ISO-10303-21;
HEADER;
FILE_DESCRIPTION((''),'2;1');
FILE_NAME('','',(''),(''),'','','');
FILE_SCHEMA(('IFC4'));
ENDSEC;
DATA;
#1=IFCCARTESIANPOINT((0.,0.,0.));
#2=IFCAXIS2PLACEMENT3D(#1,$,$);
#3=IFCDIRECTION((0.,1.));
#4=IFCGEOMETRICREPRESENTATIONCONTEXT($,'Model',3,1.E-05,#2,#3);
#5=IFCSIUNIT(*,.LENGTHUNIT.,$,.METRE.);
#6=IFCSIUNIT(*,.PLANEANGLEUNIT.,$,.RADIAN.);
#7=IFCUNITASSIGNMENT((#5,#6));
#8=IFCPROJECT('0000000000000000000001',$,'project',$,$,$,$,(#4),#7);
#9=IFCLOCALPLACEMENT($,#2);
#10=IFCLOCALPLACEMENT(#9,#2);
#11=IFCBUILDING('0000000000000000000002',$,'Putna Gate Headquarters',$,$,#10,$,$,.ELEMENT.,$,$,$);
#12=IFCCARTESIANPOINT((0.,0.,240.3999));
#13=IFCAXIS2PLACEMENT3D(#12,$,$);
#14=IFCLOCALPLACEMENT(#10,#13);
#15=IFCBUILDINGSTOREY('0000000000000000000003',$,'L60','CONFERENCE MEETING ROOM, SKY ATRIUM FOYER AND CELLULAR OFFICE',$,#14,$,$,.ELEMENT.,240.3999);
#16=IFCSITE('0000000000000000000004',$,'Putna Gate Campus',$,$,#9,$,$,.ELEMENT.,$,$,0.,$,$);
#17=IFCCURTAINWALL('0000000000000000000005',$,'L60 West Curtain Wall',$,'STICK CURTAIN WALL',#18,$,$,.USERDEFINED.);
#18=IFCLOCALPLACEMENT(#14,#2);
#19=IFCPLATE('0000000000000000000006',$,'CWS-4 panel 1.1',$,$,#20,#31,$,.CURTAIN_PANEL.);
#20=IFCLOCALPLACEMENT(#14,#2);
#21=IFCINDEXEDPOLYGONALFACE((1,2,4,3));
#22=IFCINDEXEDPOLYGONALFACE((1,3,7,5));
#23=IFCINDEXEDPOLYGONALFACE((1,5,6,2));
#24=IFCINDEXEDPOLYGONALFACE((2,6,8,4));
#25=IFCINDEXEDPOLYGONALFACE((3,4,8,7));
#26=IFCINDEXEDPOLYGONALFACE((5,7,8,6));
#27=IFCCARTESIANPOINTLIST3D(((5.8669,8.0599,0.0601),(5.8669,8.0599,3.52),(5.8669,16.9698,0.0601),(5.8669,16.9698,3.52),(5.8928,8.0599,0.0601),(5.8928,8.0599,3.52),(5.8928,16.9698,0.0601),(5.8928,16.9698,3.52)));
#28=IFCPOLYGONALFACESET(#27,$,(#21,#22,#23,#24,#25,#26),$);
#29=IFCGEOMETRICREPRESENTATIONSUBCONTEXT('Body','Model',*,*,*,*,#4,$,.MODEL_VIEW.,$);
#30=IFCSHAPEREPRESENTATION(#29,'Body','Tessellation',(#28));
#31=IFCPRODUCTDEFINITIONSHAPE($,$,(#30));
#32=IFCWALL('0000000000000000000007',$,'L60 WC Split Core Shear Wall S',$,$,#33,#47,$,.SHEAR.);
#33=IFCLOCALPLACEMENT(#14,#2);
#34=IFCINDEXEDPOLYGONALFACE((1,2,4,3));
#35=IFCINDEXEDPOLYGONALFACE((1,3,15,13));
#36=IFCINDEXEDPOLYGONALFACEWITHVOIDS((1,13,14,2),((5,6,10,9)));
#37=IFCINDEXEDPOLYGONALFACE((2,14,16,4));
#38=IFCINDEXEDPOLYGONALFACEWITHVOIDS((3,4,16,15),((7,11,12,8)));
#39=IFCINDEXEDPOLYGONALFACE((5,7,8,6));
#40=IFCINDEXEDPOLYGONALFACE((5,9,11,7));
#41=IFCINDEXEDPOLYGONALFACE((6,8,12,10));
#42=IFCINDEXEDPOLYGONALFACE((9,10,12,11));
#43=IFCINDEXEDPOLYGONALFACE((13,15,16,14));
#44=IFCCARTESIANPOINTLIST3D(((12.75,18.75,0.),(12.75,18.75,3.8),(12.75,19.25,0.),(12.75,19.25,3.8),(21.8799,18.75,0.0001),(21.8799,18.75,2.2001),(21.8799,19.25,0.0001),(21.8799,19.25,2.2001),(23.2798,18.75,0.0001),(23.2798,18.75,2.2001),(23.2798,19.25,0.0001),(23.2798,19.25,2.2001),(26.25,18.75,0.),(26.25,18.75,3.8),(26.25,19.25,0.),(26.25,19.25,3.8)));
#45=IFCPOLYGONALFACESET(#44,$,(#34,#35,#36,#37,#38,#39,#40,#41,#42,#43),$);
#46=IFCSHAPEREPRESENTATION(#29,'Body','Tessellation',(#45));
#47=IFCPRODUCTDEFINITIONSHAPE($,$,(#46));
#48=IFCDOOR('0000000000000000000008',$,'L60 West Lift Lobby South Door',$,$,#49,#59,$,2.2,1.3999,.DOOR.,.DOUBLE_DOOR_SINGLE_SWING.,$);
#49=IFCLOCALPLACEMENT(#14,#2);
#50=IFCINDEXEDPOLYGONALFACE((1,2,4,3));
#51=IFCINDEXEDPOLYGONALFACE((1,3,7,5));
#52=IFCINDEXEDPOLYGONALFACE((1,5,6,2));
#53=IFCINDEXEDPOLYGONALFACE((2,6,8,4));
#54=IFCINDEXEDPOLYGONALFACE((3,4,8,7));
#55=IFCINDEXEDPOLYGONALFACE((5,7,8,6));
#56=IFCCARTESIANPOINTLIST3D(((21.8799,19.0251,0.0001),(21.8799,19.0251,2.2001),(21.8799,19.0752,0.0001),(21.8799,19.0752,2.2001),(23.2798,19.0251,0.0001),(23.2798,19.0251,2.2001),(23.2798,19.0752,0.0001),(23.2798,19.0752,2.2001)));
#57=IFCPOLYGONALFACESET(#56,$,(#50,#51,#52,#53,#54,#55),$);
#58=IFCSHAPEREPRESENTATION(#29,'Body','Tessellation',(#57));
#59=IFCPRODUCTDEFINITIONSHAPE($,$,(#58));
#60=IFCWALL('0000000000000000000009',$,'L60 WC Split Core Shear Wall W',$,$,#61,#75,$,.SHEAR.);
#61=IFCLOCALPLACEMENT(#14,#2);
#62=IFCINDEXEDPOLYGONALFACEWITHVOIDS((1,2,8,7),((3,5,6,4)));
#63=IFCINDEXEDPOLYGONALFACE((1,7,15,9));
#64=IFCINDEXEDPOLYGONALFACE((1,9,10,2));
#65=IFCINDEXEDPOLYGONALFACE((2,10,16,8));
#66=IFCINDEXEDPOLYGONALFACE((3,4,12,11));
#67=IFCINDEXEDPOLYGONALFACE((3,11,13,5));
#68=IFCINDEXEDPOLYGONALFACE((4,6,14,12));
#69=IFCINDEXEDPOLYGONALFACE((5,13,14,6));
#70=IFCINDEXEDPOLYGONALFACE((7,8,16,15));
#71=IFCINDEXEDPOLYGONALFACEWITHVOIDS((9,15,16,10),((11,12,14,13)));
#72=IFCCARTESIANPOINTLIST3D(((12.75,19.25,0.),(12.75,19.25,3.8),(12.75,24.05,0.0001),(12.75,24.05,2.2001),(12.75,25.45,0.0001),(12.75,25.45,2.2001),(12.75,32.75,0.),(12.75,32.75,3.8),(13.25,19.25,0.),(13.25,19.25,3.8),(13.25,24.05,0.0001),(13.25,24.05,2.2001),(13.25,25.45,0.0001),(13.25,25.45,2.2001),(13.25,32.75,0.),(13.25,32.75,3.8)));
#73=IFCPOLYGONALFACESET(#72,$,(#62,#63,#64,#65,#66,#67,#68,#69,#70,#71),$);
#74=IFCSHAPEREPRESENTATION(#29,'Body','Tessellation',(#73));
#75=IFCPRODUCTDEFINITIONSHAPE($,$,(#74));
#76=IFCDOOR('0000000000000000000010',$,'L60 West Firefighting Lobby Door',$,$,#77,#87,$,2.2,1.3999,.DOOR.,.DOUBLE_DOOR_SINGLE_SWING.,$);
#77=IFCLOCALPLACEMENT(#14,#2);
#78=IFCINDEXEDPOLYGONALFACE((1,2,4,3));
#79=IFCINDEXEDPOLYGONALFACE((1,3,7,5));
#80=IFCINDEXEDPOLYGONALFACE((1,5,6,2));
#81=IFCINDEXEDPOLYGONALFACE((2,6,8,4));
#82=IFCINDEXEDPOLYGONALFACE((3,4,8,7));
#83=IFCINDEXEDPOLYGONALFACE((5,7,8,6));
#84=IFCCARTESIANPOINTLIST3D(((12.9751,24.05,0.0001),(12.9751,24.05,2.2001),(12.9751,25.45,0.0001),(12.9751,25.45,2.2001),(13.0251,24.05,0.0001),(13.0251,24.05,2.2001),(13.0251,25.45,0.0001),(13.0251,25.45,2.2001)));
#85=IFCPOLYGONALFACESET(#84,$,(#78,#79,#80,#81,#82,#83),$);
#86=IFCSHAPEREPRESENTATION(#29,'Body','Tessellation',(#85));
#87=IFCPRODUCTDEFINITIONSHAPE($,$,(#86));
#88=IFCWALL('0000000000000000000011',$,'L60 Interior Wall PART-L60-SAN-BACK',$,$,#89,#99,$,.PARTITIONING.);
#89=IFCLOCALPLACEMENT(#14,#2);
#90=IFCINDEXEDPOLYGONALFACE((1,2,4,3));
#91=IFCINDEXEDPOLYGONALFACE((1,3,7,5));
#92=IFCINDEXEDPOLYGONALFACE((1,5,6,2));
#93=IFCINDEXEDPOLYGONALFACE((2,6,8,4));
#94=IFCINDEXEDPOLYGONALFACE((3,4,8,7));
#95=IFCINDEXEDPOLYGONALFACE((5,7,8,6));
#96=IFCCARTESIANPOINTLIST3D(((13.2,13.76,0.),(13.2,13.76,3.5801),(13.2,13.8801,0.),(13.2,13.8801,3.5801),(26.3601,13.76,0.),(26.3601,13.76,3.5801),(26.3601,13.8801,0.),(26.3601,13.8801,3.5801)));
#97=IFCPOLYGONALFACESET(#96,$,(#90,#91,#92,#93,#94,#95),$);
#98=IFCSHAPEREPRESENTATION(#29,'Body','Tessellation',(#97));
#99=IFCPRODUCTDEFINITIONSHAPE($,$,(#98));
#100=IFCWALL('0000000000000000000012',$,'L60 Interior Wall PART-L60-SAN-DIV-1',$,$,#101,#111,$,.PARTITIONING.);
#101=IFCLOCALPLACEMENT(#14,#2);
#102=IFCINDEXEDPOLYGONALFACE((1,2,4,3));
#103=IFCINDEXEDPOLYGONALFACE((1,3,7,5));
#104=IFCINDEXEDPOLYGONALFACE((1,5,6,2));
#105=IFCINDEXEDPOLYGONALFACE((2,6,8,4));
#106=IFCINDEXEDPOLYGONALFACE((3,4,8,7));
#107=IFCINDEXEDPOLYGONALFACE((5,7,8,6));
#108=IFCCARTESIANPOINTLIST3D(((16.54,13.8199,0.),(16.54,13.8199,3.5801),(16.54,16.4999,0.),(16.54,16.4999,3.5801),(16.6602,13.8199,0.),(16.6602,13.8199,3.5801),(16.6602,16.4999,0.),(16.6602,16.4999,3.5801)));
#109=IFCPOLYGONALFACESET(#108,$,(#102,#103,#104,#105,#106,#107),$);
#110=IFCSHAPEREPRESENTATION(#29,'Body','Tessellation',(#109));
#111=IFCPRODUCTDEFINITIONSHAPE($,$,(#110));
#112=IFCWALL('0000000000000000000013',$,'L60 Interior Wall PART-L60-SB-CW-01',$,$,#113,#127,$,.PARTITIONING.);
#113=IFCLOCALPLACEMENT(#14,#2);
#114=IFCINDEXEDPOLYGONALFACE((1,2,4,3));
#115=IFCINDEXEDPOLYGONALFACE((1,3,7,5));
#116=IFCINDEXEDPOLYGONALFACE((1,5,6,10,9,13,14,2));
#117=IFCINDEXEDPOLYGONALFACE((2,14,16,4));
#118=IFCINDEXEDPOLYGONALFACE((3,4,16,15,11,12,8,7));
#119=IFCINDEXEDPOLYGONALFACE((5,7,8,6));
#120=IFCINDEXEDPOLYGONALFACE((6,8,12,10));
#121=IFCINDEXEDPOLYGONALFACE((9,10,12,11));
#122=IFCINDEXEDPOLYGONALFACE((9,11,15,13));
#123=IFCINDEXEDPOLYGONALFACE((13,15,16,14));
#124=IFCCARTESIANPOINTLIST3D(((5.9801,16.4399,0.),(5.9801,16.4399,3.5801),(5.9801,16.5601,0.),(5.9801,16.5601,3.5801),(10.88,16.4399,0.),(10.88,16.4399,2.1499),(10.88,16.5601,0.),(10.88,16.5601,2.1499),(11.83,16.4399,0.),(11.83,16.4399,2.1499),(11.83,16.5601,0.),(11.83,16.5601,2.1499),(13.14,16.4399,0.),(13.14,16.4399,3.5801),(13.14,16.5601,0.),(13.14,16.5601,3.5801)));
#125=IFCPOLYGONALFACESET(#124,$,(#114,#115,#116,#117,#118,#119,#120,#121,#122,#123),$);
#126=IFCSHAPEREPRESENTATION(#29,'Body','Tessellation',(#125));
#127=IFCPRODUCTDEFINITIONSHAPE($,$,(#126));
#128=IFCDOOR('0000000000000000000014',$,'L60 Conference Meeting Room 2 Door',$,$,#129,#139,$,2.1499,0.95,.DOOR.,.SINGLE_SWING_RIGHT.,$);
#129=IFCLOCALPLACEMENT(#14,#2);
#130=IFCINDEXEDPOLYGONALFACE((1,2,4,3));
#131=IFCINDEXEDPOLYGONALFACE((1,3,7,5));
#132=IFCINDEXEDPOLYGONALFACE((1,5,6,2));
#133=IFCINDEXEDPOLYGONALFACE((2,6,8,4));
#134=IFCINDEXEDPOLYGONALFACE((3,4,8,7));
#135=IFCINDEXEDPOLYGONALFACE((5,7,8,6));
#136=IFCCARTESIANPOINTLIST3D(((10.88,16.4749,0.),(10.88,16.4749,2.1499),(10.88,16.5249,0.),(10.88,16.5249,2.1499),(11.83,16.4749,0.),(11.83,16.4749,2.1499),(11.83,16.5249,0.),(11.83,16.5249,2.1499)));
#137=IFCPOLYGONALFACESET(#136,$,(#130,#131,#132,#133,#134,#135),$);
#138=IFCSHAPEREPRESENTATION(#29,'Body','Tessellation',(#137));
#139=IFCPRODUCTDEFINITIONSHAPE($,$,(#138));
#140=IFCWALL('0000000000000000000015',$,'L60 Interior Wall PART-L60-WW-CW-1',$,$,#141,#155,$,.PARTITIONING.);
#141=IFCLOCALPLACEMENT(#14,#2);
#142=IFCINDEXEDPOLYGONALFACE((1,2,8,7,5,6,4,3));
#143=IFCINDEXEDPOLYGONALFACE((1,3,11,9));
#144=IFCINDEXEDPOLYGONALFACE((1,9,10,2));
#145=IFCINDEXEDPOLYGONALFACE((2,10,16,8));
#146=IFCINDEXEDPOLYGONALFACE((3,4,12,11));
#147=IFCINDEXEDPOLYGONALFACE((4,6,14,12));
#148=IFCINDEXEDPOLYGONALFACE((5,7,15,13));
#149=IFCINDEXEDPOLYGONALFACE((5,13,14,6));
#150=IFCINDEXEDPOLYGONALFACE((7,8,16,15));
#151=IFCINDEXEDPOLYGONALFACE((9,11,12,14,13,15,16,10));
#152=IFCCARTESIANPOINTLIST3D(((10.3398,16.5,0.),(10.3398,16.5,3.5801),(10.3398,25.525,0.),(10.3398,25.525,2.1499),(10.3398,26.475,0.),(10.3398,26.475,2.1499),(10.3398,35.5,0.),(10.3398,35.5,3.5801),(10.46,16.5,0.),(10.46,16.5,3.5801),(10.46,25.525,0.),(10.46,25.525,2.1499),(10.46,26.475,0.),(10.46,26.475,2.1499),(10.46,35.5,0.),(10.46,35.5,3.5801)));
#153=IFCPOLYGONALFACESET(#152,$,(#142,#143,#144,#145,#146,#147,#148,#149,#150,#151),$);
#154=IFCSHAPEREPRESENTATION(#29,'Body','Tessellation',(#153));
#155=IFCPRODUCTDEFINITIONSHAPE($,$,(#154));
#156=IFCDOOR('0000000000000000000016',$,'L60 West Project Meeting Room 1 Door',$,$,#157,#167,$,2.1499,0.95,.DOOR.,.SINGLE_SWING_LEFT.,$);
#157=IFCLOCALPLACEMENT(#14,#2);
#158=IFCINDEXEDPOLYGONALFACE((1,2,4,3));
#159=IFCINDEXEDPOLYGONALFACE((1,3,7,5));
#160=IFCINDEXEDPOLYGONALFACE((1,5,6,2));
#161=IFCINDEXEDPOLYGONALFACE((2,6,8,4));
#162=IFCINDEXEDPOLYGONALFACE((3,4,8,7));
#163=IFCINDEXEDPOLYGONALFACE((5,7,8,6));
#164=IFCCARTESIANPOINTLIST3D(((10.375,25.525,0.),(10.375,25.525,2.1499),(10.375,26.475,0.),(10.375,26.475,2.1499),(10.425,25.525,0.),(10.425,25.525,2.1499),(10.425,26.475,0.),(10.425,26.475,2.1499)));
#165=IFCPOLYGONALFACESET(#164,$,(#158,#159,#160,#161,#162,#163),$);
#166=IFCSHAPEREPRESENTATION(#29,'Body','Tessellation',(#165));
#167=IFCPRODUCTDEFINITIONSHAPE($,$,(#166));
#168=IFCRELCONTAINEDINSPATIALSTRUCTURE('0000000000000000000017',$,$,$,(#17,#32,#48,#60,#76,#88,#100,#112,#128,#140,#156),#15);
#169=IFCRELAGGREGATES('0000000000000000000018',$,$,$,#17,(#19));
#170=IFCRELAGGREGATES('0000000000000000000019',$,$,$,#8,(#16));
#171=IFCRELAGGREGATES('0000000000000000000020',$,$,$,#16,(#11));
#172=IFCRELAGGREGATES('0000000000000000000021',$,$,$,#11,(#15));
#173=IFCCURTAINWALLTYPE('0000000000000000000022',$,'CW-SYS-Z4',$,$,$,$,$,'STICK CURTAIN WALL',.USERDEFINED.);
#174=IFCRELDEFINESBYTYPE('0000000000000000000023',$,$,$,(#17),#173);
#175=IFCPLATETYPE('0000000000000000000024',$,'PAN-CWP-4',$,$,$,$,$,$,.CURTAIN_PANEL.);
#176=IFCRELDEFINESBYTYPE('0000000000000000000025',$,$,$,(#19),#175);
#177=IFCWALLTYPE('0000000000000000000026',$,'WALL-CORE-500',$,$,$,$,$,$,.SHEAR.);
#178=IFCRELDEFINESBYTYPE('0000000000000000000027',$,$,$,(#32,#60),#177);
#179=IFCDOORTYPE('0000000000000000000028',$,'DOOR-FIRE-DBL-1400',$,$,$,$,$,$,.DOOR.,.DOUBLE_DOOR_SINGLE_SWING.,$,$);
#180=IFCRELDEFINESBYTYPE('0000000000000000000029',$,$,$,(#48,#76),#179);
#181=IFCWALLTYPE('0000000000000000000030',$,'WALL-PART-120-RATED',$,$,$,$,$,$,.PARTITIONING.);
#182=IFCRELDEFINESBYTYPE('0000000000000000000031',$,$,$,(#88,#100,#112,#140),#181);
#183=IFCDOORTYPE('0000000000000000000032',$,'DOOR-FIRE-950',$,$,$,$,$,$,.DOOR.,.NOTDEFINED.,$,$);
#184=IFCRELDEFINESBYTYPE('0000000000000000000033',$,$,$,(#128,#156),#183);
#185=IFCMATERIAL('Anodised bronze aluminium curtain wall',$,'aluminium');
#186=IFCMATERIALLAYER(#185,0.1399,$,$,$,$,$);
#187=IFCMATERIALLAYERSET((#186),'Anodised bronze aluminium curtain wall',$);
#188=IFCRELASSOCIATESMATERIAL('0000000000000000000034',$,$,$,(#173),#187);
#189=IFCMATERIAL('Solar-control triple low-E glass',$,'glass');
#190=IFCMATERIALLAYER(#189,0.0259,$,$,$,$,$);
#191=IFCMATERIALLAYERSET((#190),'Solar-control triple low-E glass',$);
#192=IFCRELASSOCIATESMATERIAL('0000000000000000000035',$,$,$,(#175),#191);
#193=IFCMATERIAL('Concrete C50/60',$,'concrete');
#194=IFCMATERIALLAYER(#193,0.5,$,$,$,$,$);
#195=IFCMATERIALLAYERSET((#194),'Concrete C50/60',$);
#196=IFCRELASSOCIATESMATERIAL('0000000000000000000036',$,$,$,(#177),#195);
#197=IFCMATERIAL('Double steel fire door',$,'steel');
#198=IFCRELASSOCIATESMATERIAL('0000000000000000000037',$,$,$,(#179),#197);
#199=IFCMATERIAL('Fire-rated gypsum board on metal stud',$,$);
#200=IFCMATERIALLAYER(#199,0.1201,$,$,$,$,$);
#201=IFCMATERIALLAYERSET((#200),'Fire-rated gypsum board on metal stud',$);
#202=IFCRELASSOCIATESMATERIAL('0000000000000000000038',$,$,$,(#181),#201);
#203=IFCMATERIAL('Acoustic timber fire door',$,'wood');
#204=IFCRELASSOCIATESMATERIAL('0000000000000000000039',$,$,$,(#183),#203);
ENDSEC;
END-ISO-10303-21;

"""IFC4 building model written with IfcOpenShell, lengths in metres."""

from ifc_helpers import new_model, si_unit, direction, frame, frame_2d, origin, origin_2d, place, context, subcontext, project, spatial, rectangle, extrude, material, layer, layer_set, type_object, element, fill, aggregate, save


model = new_model("IFC4")

# Units and contexts
model_context = context("Model", 3, precision=1e-05, world=origin(), true_north=direction((0.0, 1.0)))
body_context = subcontext(model_context, "Body", "Model", "MODEL_VIEW")
ifc_project = project(units=[si_unit("LENGTHUNIT", "METRE"), si_unit("PLANEANGLEUNIT", "RADIAN")], contexts=[model_context])

# Site, building, storey
site_placement = place(None, origin())
site = spatial("IfcSite", under=ifc_project, at=site_placement, Name="Putna Gate Campus", CompositionType="ELEMENT", RefElevation=0.0)
building_placement = place(site_placement, origin())
building = spatial("IfcBuilding", under=site, at=building_placement, Name="Putna Gate Headquarters", CompositionType="ELEMENT")
storey_placement = place(building_placement, frame((0.0, 0.0, 240.3999)))
storey = spatial("IfcBuildingStorey", under=building, at=storey_placement, Name="L60", Description="CONFERENCE MEETING ROOM, SKY ATRIUM FOYER AND CELLULAR OFFICE", CompositionType="ELEMENT", Elevation=240.3999)

# Curtain wall, plate
ifc_material_1 = material(Name="Anodised bronze aluminium curtain wall", Category="aluminium")
ifc_layer_1 = layer(ifc_material_1, 0.1399)
ifc_layer_set_1 = layer_set([ifc_layer_1], Name="Anodised bronze aluminium curtain wall")
curtain_wall_type = type_object("IfcCurtainWallType", Name="CW-SYS-Z4", ElementType="STICK CURTAIN WALL", PredefinedType="USERDEFINED", material=ifc_layer_set_1)
curtain_wall_placement = place(storey_placement, origin())
curtain_wall = element("IfcCurtainWall", 1, at=curtain_wall_placement, inside=storey, type_object=curtain_wall_type, Name="L60 West Curtain Wall", ObjectType="STICK CURTAIN WALL", PredefinedType="USERDEFINED")
ifc_material_2 = material(Name="Solar-control triple low-E glass", Category="glass")
ifc_layer_2 = layer(ifc_material_2, 0.0259)
ifc_layer_set_2 = layer_set([ifc_layer_2], Name="Solar-control triple low-E glass")
plate_type = type_object("IfcPlateType", Name="PAN-CWP-4", PredefinedType="CURTAIN_PANEL", material=ifc_layer_set_2)
plate_placement = place(storey_placement, frame((5.8799, 12.5149, 0.0601), z_axis=(0.0, 0.0, 1.0), x_axis=(0.0, 1.0, 0.0)))
plate = element("IfcPlate", 2, at=plate_placement, type_object=plate_type, Name="CWS-4 panel 1.1", PredefinedType="CURTAIN_PANEL", context=body_context, shape_type="SweptSolid", body=[
    extrude(rectangle(XDim=8.9099, YDim=0.0259, at=origin_2d()), origin(), (0.0, 0.0, 1.0), 3.46),
])
aggregate(curtain_wall, [plate])

# Walls, openings, doors
ifc_material_3 = material(Name="Concrete C50/60", Category="concrete")
ifc_layer_3 = layer(ifc_material_3, 0.5)
ifc_layer_set_3 = layer_set([ifc_layer_3], Name="Concrete C50/60")
wall_type_1 = type_object("IfcWallType", Name="WALL-CORE-500", PredefinedType="SHEAR", material=ifc_layer_set_3)
wall_1_placement = place(storey_placement, frame((12.75, 19.0, 0.0), z_axis=(0.0, 0.0, 1.0), x_axis=(1.0, 0.0, 0.0)))
wall_1 = element("IfcWall", 3, at=wall_1_placement, inside=storey, type_object=wall_type_1, Name="L60 WC Split Core Shear Wall S", PredefinedType="SHEAR", context=body_context, shape_type="SweptSolid", body=[
    extrude(rectangle(XDim=13.5, YDim=0.5, at=frame_2d((6.75, 0.0))), origin(), (0.0, 0.0, 1.0), 3.8),
])
opening_1_placement = place(wall_1_placement, frame((9.1299, 0.0, 0.0)))
opening_1 = element("IfcOpeningElement", 4, at=opening_1_placement, cuts=wall_1, PredefinedType="OPENING", context=body_context, shape_type="SweptSolid", body=[
    extrude(rectangle(XDim=1.3999, YDim=2.2, at=frame_2d((0.7, 1.1001))), frame((0.0, 0.26, 0.0), z_axis=(0.0, -1.0, 0.0), x_axis=(1.0, 0.0, 0.0)), (0.0, 0.0, 1.0), 0.52),
])
ifc_material_4 = material(Name="Double steel fire door", Category="steel")
door_type_1 = type_object("IfcDoorType", Name="DOOR-FIRE-DBL-1400", OperationType="DOUBLE_DOOR_SINGLE_SWING", PredefinedType="DOOR", material=ifc_material_4)
door_1_placement = place(opening_1_placement, origin())
door_1 = element("IfcDoor", 5, at=door_1_placement, inside=storey, type_object=door_type_1, Name="L60 West Lift Lobby South Door", OperationType="DOUBLE_DOOR_SINGLE_SWING", OverallHeight=2.2, OverallWidth=1.3999, PredefinedType="DOOR", context=body_context, shape_type="SweptSolid", body=[
    extrude(rectangle(XDim=1.3999, YDim=2.2, at=frame_2d((0.7, 1.1001))), frame((0.0, 0.0752, 0.0), z_axis=(0.0, -1.0, 0.0), x_axis=(1.0, 0.0, 0.0)), (0.0, 0.0, 1.0), 0.05),
])
fill(opening_1, door_1)
wall_2_placement = place(storey_placement, frame((13.0, 19.25, 0.0), z_axis=(0.0, 0.0, 1.0), x_axis=(0.0, 1.0, 0.0)))
wall_2 = element("IfcWall", 6, at=wall_2_placement, inside=storey, type_object=wall_type_1, Name="L60 WC Split Core Shear Wall W", PredefinedType="SHEAR", context=body_context, shape_type="SweptSolid", body=[
    extrude(rectangle(XDim=13.5, YDim=0.5, at=frame_2d((6.75, 0.0))), origin(), (0.0, 0.0, 1.0), 3.8),
])
opening_2_placement = place(wall_2_placement, frame((4.8, 0.0, 0.0)))
opening_2 = element("IfcOpeningElement", 7, at=opening_2_placement, cuts=wall_2, PredefinedType="OPENING", context=body_context, shape_type="SweptSolid", body=[
    extrude(rectangle(XDim=1.3999, YDim=2.2, at=frame_2d((0.7, 1.1001))), frame((0.0, 0.26, 0.0), z_axis=(0.0, -1.0, 0.0), x_axis=(1.0, 0.0, 0.0)), (0.0, 0.0, 1.0), 0.52),
])
door_2_placement = place(opening_2_placement, origin())
door_2 = element("IfcDoor", 8, at=door_2_placement, inside=storey, type_object=door_type_1, Name="L60 West Firefighting Lobby Door", OperationType="DOUBLE_DOOR_SINGLE_SWING", OverallHeight=2.2, OverallWidth=1.3999, PredefinedType="DOOR", context=body_context, shape_type="SweptSolid", body=[
    extrude(rectangle(XDim=1.3999, YDim=2.2, at=frame_2d((0.7, 1.1001))), frame((0.0, 0.0249, 0.0), z_axis=(0.0, -1.0, 0.0), x_axis=(1.0, 0.0, 0.0)), (0.0, 0.0, 1.0), 0.05),
])
fill(opening_2, door_2)

# Shared definitions
ifc_material_5 = material(Name="Fire-rated gypsum board on metal stud")
ifc_layer_4 = layer(ifc_material_5, 0.1201)
ifc_layer_set_4 = layer_set([ifc_layer_4], Name="Fire-rated gypsum board on metal stud")
wall_type_2 = type_object("IfcWallType", Name="WALL-PART-120-RATED", PredefinedType="PARTITIONING", material=ifc_layer_set_4)
ifc_material_6 = material(Name="Acoustic timber fire door", Category="wood")
door_type_2 = type_object("IfcDoorType", Name="DOOR-FIRE-950", OperationType="NOTDEFINED", PredefinedType="DOOR", material=ifc_material_6)

# Walls
wall_3_placement = place(storey_placement, frame((13.2, 13.8201, 0.0), z_axis=(0.0, 0.0, 1.0), x_axis=(1.0, 0.0, 0.0)))
element("IfcWall", 9, at=wall_3_placement, inside=storey, type_object=wall_type_2, Name="L60 Interior Wall PART-L60-SAN-BACK", PredefinedType="PARTITIONING", context=body_context, shape_type="SweptSolid", body=[
    extrude(rectangle(XDim=13.1602, YDim=0.1201, at=frame_2d((6.5801, 0.0))), origin(), (0.0, 0.0, 1.0), 3.5801),
])
wall_4_placement = place(storey_placement, frame((16.6001, 13.8201, 0.0), z_axis=(0.0, 0.0, 1.0), x_axis=(0.0, 1.0, 0.0)))
element("IfcWall", 10, at=wall_4_placement, inside=storey, type_object=wall_type_2, Name="L60 Interior Wall PART-L60-SAN-DIV-1", PredefinedType="PARTITIONING", context=body_context, shape_type="SweptSolid", body=[
    extrude(rectangle(XDim=2.6799, YDim=0.1201, at=frame_2d((1.3398, 0.0))), origin(), (0.0, 0.0, 1.0), 3.5801),
])

# Walls, openings, doors
wall_5_placement = place(storey_placement, frame((5.98, 16.5, 0.0), z_axis=(0.0, 0.0, 1.0), x_axis=(1.0, 0.0, 0.0)))
wall_5 = element("IfcWall", 11, at=wall_5_placement, inside=storey, type_object=wall_type_2, Name="L60 Interior Wall PART-L60-SB-CW-01", PredefinedType="PARTITIONING", context=body_context, shape_type="SweptSolid", body=[
    extrude(rectangle(XDim=7.1599, YDim=0.1201, at=frame_2d((3.5801, 0.0))), origin(), (0.0, 0.0, 1.0), 3.5801),
])
opening_3_placement = place(wall_5_placement, frame((4.8999, 0.0, 0.0)))
opening_3 = element("IfcOpeningElement", 12, at=opening_3_placement, cuts=wall_5, PredefinedType="OPENING", context=body_context, shape_type="SweptSolid", body=[
    extrude(rectangle(XDim=0.95, YDim=2.1499, at=frame_2d((0.4751, 1.075))), frame((0.0, 0.0701, 0.0), z_axis=(0.0, -1.0, 0.0), x_axis=(1.0, 0.0, 0.0)), (0.0, 0.0, 1.0), 0.1401),
])
door_3_placement = place(opening_3_placement, origin())
door_3 = element("IfcDoor", 13, at=door_3_placement, inside=storey, type_object=door_type_2, Name="L60 Conference Meeting Room 2 Door", OperationType="SINGLE_SWING_RIGHT", OverallHeight=2.1499, OverallWidth=0.95, PredefinedType="DOOR", context=body_context, shape_type="SweptSolid", body=[
    extrude(rectangle(XDim=0.95, YDim=2.1499, at=frame_2d((0.4751, 1.075))), frame((0.0, 0.0249, 0.0), z_axis=(0.0, -1.0, 0.0), x_axis=(1.0, 0.0, 0.0)), (0.0, 0.0, 1.0), 0.05),
])
fill(opening_3, door_3)
wall_6_placement = place(storey_placement, frame((10.3999, 16.5, 0.0), z_axis=(0.0, 0.0, 1.0), x_axis=(0.0, 1.0, 0.0)))
wall_6 = element("IfcWall", 14, at=wall_6_placement, inside=storey, type_object=wall_type_2, Name="L60 Interior Wall PART-L60-WW-CW-1", PredefinedType="PARTITIONING", context=body_context, shape_type="SweptSolid", body=[
    extrude(rectangle(XDim=19.0, YDim=0.1201, at=frame_2d((9.5, 0.0))), origin(), (0.0, 0.0, 1.0), 3.5801),
])
opening_4_placement = place(wall_6_placement, frame((9.0249, 0.0, 0.0)))
opening_4 = element("IfcOpeningElement", 15, at=opening_4_placement, cuts=wall_6, PredefinedType="OPENING", context=body_context, shape_type="SweptSolid", body=[
    extrude(rectangle(XDim=0.95, YDim=2.1499, at=frame_2d((0.4751, 1.075))), frame((0.0, 0.0701, 0.0), z_axis=(0.0, -1.0, 0.0), x_axis=(1.0, 0.0, 0.0)), (0.0, 0.0, 1.0), 0.1401),
])
door_4_placement = place(opening_4_placement, origin())
door_4 = element("IfcDoor", 16, at=door_4_placement, inside=storey, type_object=door_type_2, Name="L60 West Project Meeting Room 1 Door", OperationType="SINGLE_SWING_LEFT", OverallHeight=2.1499, OverallWidth=0.95, PredefinedType="DOOR", context=body_context, shape_type="SweptSolid", body=[
    extrude(rectangle(XDim=0.95, YDim=2.1499, at=frame_2d((0.4751, 1.075))), frame((0.0, 0.0249, 0.0), z_axis=(0.0, -1.0, 0.0), x_axis=(1.0, 0.0, 0.0)), (0.0, 0.0, 1.0), 0.05),
])
fill(opening_4, door_4)

save(model, "model.ifc")
